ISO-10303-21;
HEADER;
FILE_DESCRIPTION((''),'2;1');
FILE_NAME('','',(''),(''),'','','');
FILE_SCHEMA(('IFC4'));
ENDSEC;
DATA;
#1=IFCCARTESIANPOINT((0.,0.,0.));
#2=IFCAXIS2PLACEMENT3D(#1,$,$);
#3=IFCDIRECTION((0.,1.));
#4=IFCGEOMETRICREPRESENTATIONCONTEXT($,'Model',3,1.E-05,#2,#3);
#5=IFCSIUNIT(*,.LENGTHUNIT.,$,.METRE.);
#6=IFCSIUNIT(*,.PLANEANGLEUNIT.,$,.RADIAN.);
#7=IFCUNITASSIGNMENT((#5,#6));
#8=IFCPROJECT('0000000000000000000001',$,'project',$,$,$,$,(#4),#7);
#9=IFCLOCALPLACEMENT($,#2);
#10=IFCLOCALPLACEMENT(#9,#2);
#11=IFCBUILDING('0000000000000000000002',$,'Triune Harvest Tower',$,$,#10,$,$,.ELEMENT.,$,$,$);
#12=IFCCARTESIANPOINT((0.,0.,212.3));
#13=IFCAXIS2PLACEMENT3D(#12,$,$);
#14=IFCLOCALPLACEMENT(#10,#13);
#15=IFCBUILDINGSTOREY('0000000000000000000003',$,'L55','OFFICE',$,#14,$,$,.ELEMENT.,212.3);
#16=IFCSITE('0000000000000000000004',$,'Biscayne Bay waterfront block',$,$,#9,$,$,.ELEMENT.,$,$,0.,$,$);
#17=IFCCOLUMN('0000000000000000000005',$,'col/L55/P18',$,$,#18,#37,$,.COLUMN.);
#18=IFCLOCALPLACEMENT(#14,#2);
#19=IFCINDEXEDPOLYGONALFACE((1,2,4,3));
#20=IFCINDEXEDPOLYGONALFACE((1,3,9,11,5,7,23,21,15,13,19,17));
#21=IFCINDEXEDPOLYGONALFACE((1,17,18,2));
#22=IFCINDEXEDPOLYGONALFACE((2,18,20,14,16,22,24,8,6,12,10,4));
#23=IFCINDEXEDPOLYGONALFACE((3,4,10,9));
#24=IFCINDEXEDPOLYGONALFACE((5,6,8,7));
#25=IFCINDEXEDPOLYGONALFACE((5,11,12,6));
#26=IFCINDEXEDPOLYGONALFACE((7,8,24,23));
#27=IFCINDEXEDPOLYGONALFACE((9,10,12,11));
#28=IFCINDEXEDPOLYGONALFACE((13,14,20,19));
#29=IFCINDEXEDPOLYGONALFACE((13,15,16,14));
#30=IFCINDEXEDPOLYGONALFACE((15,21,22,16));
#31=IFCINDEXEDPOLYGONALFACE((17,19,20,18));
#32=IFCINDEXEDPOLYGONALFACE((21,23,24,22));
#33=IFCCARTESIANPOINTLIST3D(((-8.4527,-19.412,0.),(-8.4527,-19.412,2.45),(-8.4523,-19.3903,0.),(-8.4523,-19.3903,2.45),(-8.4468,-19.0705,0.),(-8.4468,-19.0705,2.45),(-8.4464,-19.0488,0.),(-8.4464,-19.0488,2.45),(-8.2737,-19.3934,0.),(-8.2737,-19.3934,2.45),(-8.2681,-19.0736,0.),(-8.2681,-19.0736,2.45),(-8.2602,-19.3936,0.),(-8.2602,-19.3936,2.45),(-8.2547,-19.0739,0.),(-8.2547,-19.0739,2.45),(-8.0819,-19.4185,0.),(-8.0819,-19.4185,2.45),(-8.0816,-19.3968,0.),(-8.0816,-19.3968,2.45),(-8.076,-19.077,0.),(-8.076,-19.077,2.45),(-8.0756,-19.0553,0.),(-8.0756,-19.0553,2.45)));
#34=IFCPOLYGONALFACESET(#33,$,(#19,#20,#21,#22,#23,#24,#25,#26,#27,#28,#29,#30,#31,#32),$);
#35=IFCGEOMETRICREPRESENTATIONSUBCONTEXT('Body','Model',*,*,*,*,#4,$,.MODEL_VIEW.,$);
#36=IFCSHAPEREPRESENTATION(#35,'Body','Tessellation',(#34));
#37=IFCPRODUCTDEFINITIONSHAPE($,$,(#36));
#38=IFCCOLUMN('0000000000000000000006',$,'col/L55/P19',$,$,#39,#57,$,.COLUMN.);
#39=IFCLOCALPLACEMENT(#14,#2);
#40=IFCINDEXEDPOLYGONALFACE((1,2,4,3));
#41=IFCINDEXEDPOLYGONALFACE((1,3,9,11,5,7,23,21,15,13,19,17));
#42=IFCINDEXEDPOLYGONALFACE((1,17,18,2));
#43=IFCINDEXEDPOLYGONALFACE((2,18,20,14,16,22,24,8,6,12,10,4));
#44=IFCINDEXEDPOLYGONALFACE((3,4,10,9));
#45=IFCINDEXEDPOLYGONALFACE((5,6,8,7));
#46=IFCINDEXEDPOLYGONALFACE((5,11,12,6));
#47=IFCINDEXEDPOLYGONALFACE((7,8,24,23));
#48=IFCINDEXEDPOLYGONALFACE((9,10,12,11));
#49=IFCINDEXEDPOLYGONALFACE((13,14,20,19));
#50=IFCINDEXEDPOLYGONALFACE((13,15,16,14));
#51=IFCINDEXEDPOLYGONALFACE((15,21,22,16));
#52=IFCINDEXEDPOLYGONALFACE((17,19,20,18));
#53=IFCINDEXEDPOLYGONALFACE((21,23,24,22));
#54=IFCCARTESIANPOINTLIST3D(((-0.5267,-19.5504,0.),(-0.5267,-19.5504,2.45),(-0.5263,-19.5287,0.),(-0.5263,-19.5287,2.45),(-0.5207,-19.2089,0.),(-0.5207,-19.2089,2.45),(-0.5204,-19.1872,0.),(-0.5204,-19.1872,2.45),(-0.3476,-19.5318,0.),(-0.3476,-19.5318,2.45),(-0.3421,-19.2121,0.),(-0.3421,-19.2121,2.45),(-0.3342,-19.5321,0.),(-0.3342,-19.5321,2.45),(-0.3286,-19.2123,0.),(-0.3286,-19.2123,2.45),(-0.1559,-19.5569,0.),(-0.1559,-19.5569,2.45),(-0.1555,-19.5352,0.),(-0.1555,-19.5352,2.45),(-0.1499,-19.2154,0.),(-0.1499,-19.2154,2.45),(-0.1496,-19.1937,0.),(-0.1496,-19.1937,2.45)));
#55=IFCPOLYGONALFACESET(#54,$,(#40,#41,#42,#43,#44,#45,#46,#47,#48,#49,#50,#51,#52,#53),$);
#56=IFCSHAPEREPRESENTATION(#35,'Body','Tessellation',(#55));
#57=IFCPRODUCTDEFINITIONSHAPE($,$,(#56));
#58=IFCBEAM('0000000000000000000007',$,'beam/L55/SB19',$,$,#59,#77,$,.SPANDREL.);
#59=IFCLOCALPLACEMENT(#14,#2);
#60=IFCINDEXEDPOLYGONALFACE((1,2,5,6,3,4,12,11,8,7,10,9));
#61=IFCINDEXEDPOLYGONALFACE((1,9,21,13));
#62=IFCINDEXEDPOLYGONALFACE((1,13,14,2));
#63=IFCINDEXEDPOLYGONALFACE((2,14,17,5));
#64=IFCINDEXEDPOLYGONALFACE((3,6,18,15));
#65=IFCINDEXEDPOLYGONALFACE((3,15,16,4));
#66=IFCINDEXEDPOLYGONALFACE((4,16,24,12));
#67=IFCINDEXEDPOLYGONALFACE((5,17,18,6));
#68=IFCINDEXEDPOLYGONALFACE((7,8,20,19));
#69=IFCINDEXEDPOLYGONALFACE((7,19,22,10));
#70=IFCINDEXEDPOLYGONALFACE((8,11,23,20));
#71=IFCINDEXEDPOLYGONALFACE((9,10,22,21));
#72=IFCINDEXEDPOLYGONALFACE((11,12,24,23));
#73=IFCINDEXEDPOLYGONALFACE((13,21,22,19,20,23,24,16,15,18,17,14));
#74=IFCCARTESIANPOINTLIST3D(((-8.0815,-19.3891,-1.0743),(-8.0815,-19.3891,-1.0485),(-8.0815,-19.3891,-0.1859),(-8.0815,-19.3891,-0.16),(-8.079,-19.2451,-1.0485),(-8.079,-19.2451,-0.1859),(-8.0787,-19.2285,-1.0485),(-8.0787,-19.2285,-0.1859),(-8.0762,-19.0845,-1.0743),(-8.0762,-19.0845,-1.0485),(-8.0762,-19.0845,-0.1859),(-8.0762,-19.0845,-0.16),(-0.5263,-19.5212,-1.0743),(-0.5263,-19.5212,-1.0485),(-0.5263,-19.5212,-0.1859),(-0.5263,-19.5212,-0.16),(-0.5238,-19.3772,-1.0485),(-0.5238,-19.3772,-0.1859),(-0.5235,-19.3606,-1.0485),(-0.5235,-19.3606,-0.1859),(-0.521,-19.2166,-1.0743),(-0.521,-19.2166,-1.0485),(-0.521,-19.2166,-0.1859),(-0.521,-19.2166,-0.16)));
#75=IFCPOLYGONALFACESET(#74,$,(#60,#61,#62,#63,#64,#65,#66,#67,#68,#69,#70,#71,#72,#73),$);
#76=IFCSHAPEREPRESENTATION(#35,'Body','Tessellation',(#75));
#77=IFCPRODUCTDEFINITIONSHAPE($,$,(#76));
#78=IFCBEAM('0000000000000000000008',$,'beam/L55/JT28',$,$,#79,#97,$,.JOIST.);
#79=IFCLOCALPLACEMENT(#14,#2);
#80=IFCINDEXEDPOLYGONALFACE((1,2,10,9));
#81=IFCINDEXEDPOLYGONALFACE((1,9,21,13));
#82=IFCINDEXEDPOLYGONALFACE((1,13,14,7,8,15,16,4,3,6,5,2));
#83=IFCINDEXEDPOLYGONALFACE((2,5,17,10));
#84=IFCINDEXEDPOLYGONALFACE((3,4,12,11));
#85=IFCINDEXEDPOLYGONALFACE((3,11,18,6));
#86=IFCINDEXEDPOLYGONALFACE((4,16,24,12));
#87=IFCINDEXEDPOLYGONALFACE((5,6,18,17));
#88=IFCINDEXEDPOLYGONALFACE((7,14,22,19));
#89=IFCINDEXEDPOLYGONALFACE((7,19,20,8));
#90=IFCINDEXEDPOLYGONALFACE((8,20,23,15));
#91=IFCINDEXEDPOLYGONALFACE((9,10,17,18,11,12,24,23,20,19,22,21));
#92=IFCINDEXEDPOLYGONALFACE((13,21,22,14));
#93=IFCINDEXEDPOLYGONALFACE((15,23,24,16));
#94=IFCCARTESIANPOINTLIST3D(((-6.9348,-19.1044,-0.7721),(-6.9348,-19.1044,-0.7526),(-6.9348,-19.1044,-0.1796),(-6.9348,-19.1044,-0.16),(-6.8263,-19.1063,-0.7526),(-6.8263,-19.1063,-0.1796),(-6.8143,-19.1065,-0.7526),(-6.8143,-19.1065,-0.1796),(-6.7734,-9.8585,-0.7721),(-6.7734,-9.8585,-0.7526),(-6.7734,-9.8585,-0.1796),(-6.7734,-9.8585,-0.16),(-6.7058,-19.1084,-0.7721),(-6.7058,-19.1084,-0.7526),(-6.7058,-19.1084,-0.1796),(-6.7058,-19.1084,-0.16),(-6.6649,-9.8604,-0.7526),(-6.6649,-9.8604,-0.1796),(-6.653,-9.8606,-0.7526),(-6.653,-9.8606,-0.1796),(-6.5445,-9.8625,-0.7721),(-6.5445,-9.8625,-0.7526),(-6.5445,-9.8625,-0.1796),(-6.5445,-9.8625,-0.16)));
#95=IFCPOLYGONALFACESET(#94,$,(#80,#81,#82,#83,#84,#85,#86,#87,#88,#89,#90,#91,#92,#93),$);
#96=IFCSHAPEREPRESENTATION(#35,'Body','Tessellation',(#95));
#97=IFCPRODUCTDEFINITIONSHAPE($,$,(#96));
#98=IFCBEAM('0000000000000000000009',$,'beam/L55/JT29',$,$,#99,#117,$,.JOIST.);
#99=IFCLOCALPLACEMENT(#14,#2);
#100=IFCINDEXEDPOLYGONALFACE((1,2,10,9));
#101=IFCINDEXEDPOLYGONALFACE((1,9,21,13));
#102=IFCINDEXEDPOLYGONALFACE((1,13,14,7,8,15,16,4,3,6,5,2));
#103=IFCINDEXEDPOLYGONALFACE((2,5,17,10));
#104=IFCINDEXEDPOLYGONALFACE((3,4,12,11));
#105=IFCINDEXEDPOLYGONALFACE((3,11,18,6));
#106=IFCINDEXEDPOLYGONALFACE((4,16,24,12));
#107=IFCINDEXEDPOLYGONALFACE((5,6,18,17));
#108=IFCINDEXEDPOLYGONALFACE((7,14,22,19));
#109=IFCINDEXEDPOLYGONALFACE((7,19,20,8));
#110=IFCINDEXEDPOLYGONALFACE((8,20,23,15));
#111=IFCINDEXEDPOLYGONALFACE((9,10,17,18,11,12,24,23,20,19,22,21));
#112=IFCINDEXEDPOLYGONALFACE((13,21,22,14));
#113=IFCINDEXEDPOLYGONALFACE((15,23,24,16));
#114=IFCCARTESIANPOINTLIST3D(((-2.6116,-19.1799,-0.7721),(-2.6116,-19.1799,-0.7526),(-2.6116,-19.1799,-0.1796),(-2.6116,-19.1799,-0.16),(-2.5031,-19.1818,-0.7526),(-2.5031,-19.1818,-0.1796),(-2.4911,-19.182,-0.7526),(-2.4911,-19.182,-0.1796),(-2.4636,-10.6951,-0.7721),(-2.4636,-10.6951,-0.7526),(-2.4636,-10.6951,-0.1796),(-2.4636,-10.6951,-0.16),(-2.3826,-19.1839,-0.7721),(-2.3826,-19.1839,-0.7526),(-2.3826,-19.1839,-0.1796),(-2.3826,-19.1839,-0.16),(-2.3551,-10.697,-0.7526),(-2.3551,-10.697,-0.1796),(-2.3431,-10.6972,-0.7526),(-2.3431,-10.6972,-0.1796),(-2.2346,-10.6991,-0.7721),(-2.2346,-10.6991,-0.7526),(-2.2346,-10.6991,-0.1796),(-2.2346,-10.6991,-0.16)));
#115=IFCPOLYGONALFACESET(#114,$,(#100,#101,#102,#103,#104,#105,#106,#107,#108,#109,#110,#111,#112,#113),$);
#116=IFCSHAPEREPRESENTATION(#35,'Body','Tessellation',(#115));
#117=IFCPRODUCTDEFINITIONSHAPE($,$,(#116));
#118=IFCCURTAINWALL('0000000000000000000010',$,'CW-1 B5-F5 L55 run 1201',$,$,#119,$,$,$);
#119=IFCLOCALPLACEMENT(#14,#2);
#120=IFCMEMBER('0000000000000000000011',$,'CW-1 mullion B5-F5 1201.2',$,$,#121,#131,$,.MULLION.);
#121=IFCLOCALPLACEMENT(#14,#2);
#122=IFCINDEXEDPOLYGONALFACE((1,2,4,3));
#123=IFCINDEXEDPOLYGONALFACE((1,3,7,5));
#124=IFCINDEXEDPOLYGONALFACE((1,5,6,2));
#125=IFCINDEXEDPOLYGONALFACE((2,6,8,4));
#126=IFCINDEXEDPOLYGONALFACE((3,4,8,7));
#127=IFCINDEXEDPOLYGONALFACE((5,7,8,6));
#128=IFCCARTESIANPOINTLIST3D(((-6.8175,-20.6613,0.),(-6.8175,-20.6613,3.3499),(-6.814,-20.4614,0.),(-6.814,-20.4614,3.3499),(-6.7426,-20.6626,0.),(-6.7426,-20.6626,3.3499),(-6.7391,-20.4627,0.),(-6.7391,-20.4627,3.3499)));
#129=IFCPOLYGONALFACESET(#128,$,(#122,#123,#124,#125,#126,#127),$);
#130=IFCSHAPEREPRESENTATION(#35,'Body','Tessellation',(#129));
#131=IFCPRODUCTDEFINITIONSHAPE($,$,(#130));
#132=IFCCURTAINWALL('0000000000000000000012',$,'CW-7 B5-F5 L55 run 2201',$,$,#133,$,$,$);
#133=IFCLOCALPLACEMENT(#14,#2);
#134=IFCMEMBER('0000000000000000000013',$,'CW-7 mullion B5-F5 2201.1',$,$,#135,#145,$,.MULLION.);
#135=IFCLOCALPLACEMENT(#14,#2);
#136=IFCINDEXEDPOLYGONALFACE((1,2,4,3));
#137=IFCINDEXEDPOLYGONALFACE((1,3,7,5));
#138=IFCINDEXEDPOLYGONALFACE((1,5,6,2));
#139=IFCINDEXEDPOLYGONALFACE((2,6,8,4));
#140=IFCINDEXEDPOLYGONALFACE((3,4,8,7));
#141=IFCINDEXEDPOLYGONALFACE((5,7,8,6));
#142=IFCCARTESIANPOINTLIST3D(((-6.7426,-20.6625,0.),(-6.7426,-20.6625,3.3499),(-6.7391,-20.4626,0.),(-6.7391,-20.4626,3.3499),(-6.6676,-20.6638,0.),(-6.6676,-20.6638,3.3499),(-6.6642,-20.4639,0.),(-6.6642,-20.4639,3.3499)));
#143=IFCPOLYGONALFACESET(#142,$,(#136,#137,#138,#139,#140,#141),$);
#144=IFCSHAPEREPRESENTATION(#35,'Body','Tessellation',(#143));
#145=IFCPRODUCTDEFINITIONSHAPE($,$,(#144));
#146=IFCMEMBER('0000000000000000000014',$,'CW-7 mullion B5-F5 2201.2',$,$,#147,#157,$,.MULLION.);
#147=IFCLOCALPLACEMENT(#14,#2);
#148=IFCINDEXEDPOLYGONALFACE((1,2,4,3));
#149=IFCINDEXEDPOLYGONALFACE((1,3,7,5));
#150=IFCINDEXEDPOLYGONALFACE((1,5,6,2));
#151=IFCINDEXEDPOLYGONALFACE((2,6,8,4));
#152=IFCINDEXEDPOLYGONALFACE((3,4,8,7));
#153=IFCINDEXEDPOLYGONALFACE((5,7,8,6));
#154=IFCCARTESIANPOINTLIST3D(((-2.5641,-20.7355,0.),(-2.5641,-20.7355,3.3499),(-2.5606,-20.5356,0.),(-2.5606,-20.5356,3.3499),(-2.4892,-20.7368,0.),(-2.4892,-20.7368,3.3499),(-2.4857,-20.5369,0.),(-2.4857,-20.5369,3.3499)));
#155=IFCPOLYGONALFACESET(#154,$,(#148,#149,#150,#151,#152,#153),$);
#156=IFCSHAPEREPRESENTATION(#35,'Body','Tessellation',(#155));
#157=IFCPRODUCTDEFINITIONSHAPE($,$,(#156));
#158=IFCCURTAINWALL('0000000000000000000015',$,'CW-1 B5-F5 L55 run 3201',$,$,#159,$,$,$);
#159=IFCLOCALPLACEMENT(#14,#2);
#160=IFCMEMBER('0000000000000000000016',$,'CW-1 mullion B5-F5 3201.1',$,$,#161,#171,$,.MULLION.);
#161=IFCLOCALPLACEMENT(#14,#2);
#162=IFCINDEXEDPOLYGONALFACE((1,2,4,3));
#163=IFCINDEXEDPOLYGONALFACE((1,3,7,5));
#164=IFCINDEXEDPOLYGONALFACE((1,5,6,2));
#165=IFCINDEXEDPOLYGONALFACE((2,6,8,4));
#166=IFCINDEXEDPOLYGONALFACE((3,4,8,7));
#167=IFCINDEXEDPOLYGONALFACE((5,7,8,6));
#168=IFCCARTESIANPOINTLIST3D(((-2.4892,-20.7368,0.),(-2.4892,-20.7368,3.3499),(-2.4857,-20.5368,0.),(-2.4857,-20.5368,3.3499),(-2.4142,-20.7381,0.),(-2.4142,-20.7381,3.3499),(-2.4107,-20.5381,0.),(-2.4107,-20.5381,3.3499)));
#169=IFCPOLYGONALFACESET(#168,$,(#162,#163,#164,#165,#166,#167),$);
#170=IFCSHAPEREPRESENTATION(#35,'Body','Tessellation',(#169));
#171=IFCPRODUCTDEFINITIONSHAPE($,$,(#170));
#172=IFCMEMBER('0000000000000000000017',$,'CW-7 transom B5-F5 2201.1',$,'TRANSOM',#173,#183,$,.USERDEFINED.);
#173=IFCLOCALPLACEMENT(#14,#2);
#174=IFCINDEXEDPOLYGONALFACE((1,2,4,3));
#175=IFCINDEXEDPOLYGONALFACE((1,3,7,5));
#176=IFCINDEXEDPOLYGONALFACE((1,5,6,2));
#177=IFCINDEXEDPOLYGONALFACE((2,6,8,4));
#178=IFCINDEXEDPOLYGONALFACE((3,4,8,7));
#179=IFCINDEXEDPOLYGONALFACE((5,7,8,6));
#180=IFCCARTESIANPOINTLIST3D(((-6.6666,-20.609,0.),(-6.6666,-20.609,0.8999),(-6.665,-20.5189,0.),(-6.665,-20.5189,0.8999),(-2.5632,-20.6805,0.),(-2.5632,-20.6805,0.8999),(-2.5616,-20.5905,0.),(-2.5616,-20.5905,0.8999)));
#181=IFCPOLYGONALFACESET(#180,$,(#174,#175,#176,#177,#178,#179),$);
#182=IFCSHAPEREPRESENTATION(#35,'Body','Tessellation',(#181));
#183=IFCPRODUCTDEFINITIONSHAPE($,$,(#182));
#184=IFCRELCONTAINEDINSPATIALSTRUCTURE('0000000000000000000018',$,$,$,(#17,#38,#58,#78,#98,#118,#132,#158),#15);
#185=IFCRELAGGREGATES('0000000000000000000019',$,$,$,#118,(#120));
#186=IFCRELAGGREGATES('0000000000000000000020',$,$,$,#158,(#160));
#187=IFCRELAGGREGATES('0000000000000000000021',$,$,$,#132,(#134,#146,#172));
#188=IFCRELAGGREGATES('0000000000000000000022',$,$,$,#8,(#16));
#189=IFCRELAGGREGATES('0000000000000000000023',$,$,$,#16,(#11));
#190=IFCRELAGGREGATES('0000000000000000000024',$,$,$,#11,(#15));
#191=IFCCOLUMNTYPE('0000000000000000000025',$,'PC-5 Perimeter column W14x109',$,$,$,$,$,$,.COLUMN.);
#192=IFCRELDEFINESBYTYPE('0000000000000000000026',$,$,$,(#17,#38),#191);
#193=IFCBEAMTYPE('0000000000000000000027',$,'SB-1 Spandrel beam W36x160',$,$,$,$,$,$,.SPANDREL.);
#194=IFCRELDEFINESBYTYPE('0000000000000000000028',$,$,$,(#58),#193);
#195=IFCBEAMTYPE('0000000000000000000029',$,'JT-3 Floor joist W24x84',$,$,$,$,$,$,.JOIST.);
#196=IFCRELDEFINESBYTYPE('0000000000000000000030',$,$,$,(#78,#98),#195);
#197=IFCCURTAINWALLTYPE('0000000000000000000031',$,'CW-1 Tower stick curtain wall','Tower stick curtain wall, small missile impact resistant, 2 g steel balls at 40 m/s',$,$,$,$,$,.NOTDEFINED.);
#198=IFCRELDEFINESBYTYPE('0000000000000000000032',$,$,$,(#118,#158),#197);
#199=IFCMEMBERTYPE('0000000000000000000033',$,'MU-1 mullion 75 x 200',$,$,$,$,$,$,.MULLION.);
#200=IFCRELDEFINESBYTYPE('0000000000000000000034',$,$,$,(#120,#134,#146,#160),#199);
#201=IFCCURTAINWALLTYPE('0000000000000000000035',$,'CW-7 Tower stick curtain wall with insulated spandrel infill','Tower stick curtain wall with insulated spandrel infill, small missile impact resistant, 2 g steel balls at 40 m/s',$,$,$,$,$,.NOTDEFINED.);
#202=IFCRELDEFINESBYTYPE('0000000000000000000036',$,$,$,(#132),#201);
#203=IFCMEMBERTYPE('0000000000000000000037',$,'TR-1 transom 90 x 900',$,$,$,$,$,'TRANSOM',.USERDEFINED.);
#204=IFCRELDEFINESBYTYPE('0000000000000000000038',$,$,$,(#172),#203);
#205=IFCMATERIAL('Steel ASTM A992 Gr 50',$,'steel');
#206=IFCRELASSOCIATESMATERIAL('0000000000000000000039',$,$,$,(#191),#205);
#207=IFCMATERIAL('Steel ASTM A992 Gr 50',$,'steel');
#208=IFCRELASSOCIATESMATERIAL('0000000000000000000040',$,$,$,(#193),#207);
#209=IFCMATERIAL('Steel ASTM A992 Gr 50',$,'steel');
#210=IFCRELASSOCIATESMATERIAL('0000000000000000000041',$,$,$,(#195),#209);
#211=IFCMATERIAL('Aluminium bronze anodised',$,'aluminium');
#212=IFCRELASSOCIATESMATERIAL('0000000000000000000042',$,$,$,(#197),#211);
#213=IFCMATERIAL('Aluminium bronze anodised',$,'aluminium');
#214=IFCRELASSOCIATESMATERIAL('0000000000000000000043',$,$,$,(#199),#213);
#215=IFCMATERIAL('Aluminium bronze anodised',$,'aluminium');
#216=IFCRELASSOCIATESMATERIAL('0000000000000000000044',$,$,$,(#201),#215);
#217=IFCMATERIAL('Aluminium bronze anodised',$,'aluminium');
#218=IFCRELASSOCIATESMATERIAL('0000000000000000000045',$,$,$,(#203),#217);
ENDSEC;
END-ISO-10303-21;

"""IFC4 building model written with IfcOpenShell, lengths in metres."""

from ifc_helpers import new_model, si_unit, direction, frame, origin, origin_2d, place, context, subcontext, project, spatial, rectangle, i_section, extrude, source, transform, mapped, material, material_profile, profile_set, type_object, element, aggregate, save


model = new_model("IFC4")

# Units and contexts
model_context = context("Model", 3, precision=1e-05, world=origin(), true_north=direction((0.0, 1.0)))
body_context = subcontext(model_context, "Body", "Model", "MODEL_VIEW")
ifc_project = project(units=[si_unit("LENGTHUNIT", "METRE"), si_unit("PLANEANGLEUNIT", "RADIAN")], contexts=[model_context])

# Site, building, storey
site_placement = place(None, origin())
site = spatial("IfcSite", under=ifc_project, at=site_placement, Name="Biscayne Bay waterfront block", CompositionType="ELEMENT", RefElevation=0.0)
building_placement = place(site_placement, origin())
building = spatial("IfcBuilding", under=site, at=building_placement, Name="Triune Harvest Tower", CompositionType="ELEMENT")
storey_placement = place(building_placement, frame((0.0, 0.0, 212.3)))
storey = spatial("IfcBuildingStorey", under=building, at=storey_placement, Name="L55", Description="OFFICE", CompositionType="ELEMENT", Elevation=212.3)

# Columns
ifc_material_1 = material(Name="Steel ASTM A992 Gr 50", Category="steel")
ifc_material_profile_1 = material_profile(ifc_material_1, i_section(OverallWidth=0.3708, OverallDepth=0.3633, WebThickness=0.0134, FlangeThickness=0.0217, at=origin_2d()), Name="W14x109")
ifc_profile_set_1 = profile_set([ifc_material_profile_1], Name="Steel ASTM A992 Gr 50")
column_type = type_object("IfcColumnType", Name="PC-5 Perimeter column W14x109", PredefinedType="COLUMN", material=ifc_profile_set_1)
shared_shape_1 = source(origin(), body_context, "Body", "SweptSolid", [
    extrude(i_section(OverallWidth=0.3708, OverallDepth=0.3633, WebThickness=0.0134, FlangeThickness=0.0217, at=origin_2d()), origin(), (0.0, 0.0, 1.0), 2.45),
])
for number, where, z_axis, x_axis, name in (
    (1, (-8.2642, -19.2336, 0.0), (0.0, 0.0, 1.0), (0.999848, -0.017452, 0.0), "col/L55/P18"),
    (2, (-0.3381, -19.3721, 0.0), (0.0, 0.0, 1.0), (0.999848, -0.017452, 0.0), "col/L55/P19"),
):
    element("IfcColumn", number, at=place(storey_placement, frame(where, z_axis=z_axis, x_axis=x_axis)), inside=storey, type_object=column_type, Name=name, PredefinedType="COLUMN", context=body_context, shape_type="MappedRepresentation", body=[
        mapped(shared_shape_1, transform((0.0, 0.0, 0.0), scale=1.0)),
    ])

# Beams
ifc_material_2 = material(Name="Steel ASTM A992 Gr 50", Category="steel")
ifc_material_profile_2 = material_profile(ifc_material_2, i_section(OverallWidth=0.3047, OverallDepth=0.9143, WebThickness=0.0166, FlangeThickness=0.0259, at=origin_2d()), Name="W36x160")
ifc_profile_set_2 = profile_set([ifc_material_profile_2], Name="Steel ASTM A992 Gr 50")
beam_type_1 = type_object("IfcBeamType", Name="SB-1 Spandrel beam W36x160", PredefinedType="SPANDREL", material=ifc_profile_set_2)
shared_shape_2 = source(origin(), body_context, "Body", "SweptSolid", [
    extrude(i_section(OverallWidth=0.3047, OverallDepth=0.9143, WebThickness=0.0166, FlangeThickness=0.0259, at=origin_2d()), origin(), (0.0, 0.0, 1.0), 7.5564),
])
beam_1_placement = place(storey_placement, frame((-8.0789, -19.2368, -0.6172), z_axis=(0.999847, -0.017479, 0.0), x_axis=(0.017479, 0.999847, 0.0)))
element("IfcBeam", 3, at=beam_1_placement, inside=storey, type_object=beam_type_1, Name="beam/L55/SB19", PredefinedType="SPANDREL", context=body_context, shape_type="MappedRepresentation", body=[
    mapped(shared_shape_2, transform((0.0, 0.0, 0.0), scale=1.0)),
])
ifc_material_3 = material(Name="Steel ASTM A992 Gr 50", Category="steel")
ifc_material_profile_3 = material_profile(ifc_material_3, i_section(OverallWidth=0.229, OverallDepth=0.6121, WebThickness=0.012, FlangeThickness=0.0195, at=origin_2d()), Name="W24x84")
ifc_profile_set_3 = profile_set([ifc_material_profile_3], Name="Steel ASTM A992 Gr 50")
beam_type_2 = type_object("IfcBeamType", Name="JT-3 Floor joist W24x84", PredefinedType="JOIST", material=ifc_profile_set_3)
shared_shape_3 = source(origin(), body_context, "Body", "SweptSolid", [
    extrude(i_section(OverallWidth=0.229, OverallDepth=0.6121, WebThickness=0.012, FlangeThickness=0.0195, at=origin_2d()), origin(), (0.0, 0.0, 1.0), 9.2473),
])
beam_2_placement = place(storey_placement, frame((-6.8203, -19.1064, -0.4661), z_axis=(0.017451, 0.999848, 0.0), x_axis=(-0.999848, 0.017451, 0.0)))
element("IfcBeam", 4, at=beam_2_placement, inside=storey, type_object=beam_type_2, Name="beam/L55/JT28", PredefinedType="JOIST", context=body_context, shape_type="MappedRepresentation", body=[
    mapped(shared_shape_3, transform((0.0, 0.0, 0.0), scale=1.0)),
])
shared_shape_4 = source(origin(), body_context, "Body", "SweptSolid", [
    extrude(i_section(OverallWidth=0.229, OverallDepth=0.6121, WebThickness=0.012, FlangeThickness=0.0195, at=origin_2d()), origin(), (0.0, 0.0, 1.0), 8.4861),
])
beam_3_placement = place(storey_placement, frame((-2.4971, -19.1819, -0.4661), z_axis=(0.017434, 0.999848, 0.0), x_axis=(-0.999848, 0.017434, 0.0)))
element("IfcBeam", 5, at=beam_3_placement, inside=storey, type_object=beam_type_2, Name="beam/L55/JT29", PredefinedType="JOIST", context=body_context, shape_type="MappedRepresentation", body=[
    mapped(shared_shape_4, transform((0.0, 0.0, 0.0), scale=1.0)),
])

# Curtain wall, member
ifc_material_4 = material(Name="Aluminium bronze anodised", Category="aluminium")
curtain_wall_type_1 = type_object("IfcCurtainWallType", Name="CW-1 Tower stick curtain wall", Description="Tower stick curtain wall, small missile impact resistant, 2 g steel balls at 40 m/s", PredefinedType="NOTDEFINED", material=ifc_material_4)
curtain_wall_1_placement = place(storey_placement, origin())
curtain_wall_1 = element("IfcCurtainWall", 6, at=curtain_wall_1_placement, inside=storey, type_object=curtain_wall_type_1, Name="CW-1 B5-F5 L55 run 1201")
ifc_material_5 = material(Name="Aluminium bronze anodised", Category="aluminium")
ifc_material_profile_4 = material_profile(ifc_material_5, rectangle(XDim=0.2, YDim=0.075, at=origin_2d()), Name="MU-1 mullion 75 x 200")
ifc_profile_set_4 = profile_set([ifc_material_profile_4], Name="Aluminium bronze anodised")
member_type_1 = type_object("IfcMemberType", Name="MU-1 mullion 75 x 200", PredefinedType="MULLION", material=ifc_profile_set_4)
shared_shape_5 = source(origin(), body_context, "Body", "SweptSolid", [
    extrude(rectangle(XDim=0.2, YDim=0.075, at=origin_2d()), origin(), (0.0, 0.0, 1.0), 3.3499),
])
member_1_placement = place(storey_placement, frame((-6.7783, -20.562, 0.0), z_axis=(0.0, 0.0, 1.0), x_axis=(0.017466, 0.999847, 0.0)))
member_1 = element("IfcMember", 7, at=member_1_placement, type_object=member_type_1, Name="CW-1 mullion B5-F5 1201.2", PredefinedType="MULLION", context=body_context, shape_type="MappedRepresentation", body=[
    mapped(shared_shape_5, transform((0.0, 0.0, 0.0), scale=1.0)),
])
aggregate(curtain_wall_1, [member_1])

# Curtain wall, members
ifc_material_6 = material(Name="Aluminium bronze anodised", Category="aluminium")
curtain_wall_type_2 = type_object("IfcCurtainWallType", Name="CW-7 Tower stick curtain wall with insulated spandrel infill", Description="Tower stick curtain wall with insulated spandrel infill, small missile impact resistant, 2 g steel balls at 40 m/s", PredefinedType="NOTDEFINED", material=ifc_material_6)
curtain_wall_2_placement = place(storey_placement, origin())
curtain_wall_2 = element("IfcCurtainWall", 8, at=curtain_wall_2_placement, inside=storey, type_object=curtain_wall_type_2, Name="CW-7 B5-F5 L55 run 2201")
member_2_placement = place(storey_placement, frame((-6.7034, -20.5632, 0.0), z_axis=(0.0, 0.0, 1.0), x_axis=(0.017443, 0.999848, 0.0)))
member_2 = element("IfcMember", 9, at=member_2_placement, type_object=member_type_1, Name="CW-7 mullion B5-F5 2201.1", PredefinedType="MULLION", context=body_context, shape_type="MappedRepresentation", body=[
    mapped(shared_shape_5, transform((0.0, 0.0, 0.0), scale=1.0)),
])
member_3_placement = place(storey_placement, frame((-2.5249, -20.6362, 0.0), z_axis=(0.0, 0.0, 1.0), x_axis=(0.017443, 0.999848, 0.0)))
member_3 = element("IfcMember", 10, at=member_3_placement, type_object=member_type_1, Name="CW-7 mullion B5-F5 2201.2", PredefinedType="MULLION", context=body_context, shape_type="MappedRepresentation", body=[
    mapped(shared_shape_5, transform((0.0, 0.0, 0.0), scale=1.0)),
])

# Curtain wall, member
curtain_wall_3_placement = place(storey_placement, origin())
curtain_wall_3 = element("IfcCurtainWall", 11, at=curtain_wall_3_placement, inside=storey, type_object=curtain_wall_type_1, Name="CW-1 B5-F5 L55 run 3201")
member_4_placement = place(storey_placement, frame((-2.45, -20.6375, 0.0), z_axis=(0.0, 0.0, 1.0), x_axis=(0.017467, 0.999847, 0.0)))
member_4 = element("IfcMember", 12, at=member_4_placement, type_object=member_type_1, Name="CW-1 mullion B5-F5 3201.1", PredefinedType="MULLION", context=body_context, shape_type="MappedRepresentation", body=[
    mapped(shared_shape_5, transform((0.0, 0.0, 0.0), scale=1.0)),
])

# Member
ifc_material_7 = material(Name="Aluminium bronze anodised", Category="aluminium")
ifc_material_profile_5 = material_profile(ifc_material_7, rectangle(XDim=0.0901, YDim=0.8999, at=origin_2d()), Name="TR-1 transom 90 x 900")
ifc_profile_set_5 = profile_set([ifc_material_profile_5], Name="Aluminium bronze anodised")
member_type_2 = type_object("IfcMemberType", Name="TR-1 transom 90 x 900", ElementType="TRANSOM", PredefinedType="USERDEFINED", material=ifc_profile_set_5)
shared_shape_6 = source(origin(), body_context, "Body", "SweptSolid", [
    extrude(rectangle(XDim=0.0901, YDim=0.8999, at=origin_2d()), origin(), (0.0, 0.0, 1.0), 4.104),
])
member_5_placement = place(storey_placement, frame((-6.6658, -20.564, 0.45), z_axis=(0.999848, -0.017431, 0.0), x_axis=(0.017431, 0.999848, 0.0)))
member_5 = element("IfcMember", 13, at=member_5_placement, type_object=member_type_2, Name="CW-7 transom B5-F5 2201.1", ObjectType="TRANSOM", PredefinedType="USERDEFINED", context=body_context, shape_type="MappedRepresentation", body=[
    mapped(shared_shape_6, transform((0.0, 0.0, 0.0), scale=1.0)),
])

aggregate(curtain_wall_3, [member_4])
aggregate(curtain_wall_2, [member_2, member_3, member_5])

save(model, "model.ifc")
